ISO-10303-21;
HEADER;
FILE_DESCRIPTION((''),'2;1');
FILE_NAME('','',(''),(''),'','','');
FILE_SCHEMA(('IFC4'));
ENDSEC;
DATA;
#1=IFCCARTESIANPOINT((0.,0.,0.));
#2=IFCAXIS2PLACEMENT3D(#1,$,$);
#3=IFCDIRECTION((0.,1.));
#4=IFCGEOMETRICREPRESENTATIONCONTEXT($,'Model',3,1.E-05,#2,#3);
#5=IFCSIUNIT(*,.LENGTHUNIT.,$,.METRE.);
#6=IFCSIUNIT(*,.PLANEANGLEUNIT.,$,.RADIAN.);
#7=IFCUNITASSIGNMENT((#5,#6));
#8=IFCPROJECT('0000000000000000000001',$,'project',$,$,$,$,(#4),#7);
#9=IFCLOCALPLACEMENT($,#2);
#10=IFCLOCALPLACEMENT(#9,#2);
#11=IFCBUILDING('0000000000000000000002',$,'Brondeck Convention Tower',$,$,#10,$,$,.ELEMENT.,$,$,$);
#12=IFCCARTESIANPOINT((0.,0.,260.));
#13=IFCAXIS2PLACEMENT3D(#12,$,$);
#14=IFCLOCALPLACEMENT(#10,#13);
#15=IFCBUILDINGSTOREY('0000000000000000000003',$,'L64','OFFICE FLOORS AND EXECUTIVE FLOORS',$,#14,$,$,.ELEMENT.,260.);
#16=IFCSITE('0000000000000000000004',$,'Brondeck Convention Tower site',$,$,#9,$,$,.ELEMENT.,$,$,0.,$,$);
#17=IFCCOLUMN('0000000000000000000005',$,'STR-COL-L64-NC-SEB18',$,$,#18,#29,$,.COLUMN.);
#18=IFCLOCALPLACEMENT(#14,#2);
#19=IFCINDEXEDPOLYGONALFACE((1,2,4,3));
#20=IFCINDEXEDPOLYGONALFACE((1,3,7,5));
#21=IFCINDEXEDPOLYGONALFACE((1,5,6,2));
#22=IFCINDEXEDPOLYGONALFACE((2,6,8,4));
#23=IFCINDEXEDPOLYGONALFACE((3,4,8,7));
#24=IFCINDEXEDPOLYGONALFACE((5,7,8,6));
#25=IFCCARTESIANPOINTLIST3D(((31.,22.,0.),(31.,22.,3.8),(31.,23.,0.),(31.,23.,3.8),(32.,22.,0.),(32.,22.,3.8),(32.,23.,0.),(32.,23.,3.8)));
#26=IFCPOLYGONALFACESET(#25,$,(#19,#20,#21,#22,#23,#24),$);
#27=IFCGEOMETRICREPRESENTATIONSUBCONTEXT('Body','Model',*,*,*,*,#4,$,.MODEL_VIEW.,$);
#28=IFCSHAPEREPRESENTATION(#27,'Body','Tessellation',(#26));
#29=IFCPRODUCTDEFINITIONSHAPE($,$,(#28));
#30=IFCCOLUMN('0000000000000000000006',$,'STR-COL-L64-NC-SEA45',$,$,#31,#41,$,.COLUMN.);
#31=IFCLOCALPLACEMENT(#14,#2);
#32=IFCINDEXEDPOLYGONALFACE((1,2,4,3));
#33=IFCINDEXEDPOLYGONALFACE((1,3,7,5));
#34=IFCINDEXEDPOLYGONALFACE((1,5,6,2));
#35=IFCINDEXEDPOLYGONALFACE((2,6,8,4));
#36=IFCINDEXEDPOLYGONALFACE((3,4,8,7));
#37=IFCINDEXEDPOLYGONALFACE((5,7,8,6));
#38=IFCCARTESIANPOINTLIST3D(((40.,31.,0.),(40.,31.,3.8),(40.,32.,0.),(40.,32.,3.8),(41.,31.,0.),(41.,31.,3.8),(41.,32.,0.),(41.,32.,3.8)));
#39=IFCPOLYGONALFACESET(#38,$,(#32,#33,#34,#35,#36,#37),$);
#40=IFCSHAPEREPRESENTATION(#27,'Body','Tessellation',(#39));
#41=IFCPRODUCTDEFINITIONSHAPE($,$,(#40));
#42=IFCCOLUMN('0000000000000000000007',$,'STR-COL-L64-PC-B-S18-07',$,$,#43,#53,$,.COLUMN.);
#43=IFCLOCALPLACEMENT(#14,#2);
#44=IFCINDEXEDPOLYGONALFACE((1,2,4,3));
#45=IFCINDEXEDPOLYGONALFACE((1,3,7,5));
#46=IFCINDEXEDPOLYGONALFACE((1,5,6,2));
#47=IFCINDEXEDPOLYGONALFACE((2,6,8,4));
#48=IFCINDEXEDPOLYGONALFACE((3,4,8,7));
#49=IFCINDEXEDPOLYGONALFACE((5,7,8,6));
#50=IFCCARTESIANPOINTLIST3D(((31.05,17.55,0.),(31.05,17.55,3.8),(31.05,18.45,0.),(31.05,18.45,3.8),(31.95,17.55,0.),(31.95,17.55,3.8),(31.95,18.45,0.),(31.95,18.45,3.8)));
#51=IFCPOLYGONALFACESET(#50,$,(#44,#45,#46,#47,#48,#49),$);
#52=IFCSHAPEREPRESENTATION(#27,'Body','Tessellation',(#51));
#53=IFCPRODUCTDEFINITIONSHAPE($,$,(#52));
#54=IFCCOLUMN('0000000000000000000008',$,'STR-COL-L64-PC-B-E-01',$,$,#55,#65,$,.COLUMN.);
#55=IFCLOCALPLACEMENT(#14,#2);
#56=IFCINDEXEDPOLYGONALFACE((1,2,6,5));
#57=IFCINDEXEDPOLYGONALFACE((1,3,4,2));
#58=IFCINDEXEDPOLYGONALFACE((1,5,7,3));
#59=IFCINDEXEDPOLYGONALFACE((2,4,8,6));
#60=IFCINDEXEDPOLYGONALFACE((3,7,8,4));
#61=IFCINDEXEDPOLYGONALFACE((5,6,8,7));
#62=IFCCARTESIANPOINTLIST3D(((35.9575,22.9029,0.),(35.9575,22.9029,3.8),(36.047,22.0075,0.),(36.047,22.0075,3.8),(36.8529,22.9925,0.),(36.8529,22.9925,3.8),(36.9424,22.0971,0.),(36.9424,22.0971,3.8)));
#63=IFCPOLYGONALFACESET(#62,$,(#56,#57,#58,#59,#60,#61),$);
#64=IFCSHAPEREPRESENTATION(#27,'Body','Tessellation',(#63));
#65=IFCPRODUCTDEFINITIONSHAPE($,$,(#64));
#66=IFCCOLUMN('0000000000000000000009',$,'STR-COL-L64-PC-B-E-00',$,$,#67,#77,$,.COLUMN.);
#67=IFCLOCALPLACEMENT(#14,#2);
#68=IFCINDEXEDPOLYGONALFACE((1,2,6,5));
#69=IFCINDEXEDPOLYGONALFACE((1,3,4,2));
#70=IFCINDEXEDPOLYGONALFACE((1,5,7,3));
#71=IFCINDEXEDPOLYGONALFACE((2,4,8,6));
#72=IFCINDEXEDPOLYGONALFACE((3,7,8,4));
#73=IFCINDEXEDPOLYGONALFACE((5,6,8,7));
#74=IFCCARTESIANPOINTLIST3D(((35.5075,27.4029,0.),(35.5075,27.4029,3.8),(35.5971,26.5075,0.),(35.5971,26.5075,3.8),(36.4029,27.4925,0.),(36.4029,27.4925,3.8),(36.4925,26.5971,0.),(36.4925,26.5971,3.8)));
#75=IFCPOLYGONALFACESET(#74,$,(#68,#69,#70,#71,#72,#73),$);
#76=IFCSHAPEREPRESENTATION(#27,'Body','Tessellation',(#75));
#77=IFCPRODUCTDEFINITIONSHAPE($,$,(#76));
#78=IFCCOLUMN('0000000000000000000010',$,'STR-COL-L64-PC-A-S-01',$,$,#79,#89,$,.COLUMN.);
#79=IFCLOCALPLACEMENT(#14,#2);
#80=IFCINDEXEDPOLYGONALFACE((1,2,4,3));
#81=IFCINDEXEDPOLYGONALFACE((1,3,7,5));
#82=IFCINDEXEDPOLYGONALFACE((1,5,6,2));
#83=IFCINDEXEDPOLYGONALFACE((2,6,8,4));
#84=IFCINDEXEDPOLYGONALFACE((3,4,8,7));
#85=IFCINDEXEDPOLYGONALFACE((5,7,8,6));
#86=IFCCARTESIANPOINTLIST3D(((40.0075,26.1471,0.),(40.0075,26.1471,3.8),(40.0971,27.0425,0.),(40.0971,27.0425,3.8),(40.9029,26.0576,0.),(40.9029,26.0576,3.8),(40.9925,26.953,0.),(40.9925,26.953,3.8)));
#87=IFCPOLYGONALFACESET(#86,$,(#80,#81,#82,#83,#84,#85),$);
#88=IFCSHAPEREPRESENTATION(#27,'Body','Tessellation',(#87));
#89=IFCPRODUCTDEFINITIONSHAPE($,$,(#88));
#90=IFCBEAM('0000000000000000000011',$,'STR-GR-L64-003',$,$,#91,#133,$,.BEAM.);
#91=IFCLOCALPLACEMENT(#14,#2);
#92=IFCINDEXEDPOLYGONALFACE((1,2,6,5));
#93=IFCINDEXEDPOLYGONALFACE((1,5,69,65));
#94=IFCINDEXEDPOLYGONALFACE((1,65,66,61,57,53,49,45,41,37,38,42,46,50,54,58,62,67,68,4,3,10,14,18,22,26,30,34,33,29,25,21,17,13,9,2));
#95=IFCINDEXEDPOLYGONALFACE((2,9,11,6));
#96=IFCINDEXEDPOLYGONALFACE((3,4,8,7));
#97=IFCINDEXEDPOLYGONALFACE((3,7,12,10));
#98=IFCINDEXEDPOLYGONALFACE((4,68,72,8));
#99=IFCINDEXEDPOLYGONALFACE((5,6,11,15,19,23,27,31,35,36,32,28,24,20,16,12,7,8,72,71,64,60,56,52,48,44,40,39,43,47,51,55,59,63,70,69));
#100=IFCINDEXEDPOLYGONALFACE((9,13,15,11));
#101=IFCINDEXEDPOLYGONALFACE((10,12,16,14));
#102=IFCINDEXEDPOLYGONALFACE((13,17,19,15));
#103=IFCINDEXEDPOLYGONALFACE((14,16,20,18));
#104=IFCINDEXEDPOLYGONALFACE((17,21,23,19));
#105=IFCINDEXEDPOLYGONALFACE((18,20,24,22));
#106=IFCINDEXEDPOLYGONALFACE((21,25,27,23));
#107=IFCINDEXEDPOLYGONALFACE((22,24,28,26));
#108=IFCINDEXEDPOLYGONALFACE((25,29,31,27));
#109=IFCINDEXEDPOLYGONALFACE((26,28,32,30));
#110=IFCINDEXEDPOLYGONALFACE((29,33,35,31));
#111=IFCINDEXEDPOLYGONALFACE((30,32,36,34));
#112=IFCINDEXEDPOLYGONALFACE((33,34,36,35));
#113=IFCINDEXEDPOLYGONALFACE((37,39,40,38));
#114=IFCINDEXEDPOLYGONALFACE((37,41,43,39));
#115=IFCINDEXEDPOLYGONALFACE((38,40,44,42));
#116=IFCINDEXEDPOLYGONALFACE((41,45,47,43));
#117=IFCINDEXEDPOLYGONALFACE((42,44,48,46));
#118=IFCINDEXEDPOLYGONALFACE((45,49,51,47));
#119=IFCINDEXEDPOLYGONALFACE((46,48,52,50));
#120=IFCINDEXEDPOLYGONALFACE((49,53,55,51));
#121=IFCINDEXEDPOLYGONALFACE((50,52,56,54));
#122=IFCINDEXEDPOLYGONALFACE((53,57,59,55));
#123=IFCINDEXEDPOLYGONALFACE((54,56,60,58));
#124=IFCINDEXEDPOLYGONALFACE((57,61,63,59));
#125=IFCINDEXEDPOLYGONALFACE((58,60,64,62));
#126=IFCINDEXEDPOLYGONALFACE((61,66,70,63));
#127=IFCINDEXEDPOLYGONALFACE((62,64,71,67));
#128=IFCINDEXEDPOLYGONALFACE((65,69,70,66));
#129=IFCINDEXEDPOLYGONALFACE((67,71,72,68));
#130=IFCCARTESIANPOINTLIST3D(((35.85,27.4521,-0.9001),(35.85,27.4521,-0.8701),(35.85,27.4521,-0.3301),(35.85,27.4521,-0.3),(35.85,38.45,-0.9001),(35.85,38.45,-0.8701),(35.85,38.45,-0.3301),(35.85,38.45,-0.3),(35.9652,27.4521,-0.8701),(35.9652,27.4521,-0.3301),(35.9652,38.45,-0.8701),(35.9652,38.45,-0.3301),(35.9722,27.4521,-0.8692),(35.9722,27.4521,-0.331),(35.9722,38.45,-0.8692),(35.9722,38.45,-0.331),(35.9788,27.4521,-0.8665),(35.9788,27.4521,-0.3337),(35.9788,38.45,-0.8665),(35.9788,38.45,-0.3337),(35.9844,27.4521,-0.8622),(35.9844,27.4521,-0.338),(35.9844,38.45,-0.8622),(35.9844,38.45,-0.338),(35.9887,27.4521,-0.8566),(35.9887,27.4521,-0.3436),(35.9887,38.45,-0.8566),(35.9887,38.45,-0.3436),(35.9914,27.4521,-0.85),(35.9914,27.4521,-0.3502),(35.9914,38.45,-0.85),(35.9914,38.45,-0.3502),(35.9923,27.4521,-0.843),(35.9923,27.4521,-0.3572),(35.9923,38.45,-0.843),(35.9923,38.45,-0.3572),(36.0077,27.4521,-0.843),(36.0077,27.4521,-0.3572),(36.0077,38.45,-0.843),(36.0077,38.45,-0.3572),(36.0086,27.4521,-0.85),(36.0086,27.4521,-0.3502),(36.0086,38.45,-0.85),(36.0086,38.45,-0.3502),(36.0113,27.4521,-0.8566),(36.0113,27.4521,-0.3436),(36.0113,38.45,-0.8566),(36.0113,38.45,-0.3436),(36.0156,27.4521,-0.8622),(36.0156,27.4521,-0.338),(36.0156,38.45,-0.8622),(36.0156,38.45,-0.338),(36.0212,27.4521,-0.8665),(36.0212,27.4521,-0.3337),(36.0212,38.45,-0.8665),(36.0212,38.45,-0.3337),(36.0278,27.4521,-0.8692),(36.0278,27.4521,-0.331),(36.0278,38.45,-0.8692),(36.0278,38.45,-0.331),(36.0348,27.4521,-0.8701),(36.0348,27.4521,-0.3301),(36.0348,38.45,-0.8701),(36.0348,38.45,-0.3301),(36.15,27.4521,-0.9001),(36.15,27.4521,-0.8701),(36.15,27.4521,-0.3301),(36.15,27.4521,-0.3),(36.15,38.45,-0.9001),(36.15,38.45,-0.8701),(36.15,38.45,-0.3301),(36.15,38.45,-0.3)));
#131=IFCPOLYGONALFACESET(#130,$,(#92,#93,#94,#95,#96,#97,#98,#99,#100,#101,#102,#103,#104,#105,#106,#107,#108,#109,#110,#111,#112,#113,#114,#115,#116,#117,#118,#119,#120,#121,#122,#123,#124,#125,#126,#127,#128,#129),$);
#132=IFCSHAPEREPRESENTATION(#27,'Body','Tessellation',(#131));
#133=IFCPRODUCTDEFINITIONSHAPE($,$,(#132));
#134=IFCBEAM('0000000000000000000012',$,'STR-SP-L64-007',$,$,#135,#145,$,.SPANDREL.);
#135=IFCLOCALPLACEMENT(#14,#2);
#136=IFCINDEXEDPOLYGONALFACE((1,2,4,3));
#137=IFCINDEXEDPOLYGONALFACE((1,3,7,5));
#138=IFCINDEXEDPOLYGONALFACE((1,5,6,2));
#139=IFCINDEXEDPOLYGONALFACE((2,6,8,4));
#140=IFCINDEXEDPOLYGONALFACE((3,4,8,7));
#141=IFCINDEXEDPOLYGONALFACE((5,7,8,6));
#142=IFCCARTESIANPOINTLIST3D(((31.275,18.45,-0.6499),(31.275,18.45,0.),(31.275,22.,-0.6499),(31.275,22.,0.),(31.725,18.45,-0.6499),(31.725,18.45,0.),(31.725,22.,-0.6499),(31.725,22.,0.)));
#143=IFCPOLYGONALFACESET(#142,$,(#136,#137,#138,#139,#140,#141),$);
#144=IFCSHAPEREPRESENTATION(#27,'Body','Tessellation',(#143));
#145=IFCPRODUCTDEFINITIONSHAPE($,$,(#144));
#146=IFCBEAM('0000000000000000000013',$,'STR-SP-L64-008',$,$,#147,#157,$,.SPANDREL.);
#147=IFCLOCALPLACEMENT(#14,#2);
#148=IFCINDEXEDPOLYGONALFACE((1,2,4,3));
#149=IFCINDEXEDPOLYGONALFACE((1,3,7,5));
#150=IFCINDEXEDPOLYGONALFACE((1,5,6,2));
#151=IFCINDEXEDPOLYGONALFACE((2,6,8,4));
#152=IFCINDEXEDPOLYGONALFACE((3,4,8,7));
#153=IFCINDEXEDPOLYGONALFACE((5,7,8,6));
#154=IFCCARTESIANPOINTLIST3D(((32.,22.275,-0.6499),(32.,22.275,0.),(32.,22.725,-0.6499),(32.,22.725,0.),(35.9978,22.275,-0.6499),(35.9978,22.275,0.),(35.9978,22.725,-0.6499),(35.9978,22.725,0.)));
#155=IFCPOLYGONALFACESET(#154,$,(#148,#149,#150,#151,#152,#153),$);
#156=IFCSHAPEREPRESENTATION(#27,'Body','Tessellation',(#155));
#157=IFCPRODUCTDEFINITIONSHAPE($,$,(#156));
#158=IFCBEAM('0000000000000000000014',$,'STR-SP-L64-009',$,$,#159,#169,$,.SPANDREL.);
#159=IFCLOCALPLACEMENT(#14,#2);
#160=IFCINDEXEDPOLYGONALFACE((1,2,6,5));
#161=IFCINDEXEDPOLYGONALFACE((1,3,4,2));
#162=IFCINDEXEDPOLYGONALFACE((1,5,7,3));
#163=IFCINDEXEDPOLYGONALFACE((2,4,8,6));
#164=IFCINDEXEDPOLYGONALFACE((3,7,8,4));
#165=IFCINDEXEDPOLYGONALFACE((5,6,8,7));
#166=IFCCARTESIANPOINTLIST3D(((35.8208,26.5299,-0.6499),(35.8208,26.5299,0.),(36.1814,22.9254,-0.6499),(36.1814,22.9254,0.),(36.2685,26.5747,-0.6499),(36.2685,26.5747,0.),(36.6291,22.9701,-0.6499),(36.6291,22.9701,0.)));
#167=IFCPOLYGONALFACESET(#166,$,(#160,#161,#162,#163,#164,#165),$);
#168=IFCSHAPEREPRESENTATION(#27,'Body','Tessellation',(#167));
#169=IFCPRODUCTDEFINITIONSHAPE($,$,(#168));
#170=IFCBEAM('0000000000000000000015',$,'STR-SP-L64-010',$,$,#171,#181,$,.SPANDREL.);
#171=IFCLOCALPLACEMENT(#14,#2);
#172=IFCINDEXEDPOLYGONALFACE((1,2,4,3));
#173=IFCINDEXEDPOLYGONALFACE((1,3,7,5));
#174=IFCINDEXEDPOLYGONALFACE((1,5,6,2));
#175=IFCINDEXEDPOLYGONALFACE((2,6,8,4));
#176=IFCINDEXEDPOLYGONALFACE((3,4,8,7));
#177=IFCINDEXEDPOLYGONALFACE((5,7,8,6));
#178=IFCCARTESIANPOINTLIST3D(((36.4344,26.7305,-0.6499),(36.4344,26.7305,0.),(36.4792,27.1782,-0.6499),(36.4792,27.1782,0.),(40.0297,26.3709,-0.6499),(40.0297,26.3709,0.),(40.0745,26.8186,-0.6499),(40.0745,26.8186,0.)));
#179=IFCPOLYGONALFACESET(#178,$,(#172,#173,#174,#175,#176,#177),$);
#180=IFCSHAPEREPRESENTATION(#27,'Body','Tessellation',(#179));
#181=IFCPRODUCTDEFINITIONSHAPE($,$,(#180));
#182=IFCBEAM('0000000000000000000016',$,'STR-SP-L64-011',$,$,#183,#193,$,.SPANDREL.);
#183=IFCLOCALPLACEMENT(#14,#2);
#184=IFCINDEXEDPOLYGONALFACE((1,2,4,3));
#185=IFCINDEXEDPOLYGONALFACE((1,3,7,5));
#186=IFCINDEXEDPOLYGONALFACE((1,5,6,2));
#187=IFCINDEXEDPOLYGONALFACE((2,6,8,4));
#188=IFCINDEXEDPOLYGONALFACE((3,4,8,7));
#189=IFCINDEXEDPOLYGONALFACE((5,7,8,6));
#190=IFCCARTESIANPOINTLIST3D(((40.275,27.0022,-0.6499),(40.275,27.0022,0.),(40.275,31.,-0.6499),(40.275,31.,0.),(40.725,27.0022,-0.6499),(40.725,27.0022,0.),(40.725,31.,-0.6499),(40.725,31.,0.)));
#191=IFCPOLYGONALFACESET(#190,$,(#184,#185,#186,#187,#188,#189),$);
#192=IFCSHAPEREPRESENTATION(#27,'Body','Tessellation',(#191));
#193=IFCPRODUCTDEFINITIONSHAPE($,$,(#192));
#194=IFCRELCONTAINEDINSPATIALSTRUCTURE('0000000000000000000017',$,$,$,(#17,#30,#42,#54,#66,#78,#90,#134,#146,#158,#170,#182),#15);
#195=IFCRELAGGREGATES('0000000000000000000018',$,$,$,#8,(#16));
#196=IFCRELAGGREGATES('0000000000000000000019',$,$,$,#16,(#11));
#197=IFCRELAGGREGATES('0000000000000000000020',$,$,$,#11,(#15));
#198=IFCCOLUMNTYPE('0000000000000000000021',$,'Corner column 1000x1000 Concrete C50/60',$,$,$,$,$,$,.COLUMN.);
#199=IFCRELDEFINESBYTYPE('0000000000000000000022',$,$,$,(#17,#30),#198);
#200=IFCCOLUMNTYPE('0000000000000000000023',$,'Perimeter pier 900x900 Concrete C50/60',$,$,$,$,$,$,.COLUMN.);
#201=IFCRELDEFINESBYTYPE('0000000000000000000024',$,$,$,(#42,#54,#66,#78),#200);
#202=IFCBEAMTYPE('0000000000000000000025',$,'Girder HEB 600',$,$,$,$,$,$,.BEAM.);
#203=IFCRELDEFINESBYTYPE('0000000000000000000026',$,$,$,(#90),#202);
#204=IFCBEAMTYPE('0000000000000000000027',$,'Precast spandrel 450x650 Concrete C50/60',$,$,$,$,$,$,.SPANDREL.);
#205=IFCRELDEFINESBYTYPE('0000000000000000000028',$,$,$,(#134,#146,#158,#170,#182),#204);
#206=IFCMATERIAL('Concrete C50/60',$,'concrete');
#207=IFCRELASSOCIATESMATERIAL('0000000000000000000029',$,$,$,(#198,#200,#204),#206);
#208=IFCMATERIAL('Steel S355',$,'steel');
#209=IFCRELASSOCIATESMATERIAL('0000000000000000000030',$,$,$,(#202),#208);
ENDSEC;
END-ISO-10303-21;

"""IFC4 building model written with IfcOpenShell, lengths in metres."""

from ifc_helpers import new_model, si_unit, direction, frame, origin, origin_2d, place, context, subcontext, project, spatial, rectangle, i_section, extrude, material, material_profile, profile_set, type_object, element, save


model = new_model("IFC4")

# Units and contexts
model_context = context("Model", 3, precision=1e-05, world=origin(), true_north=direction((0.0, 1.0)))
body_context = subcontext(model_context, "Body", "Model", "MODEL_VIEW")
ifc_project = project(units=[si_unit("LENGTHUNIT", "METRE"), si_unit("PLANEANGLEUNIT", "RADIAN")], contexts=[model_context])

# Site, building, storey
site_placement = place(None, origin())
site = spatial("IfcSite", under=ifc_project, at=site_placement, Name="Brondeck Convention Tower site", CompositionType="ELEMENT", RefElevation=0.0)
building_placement = place(site_placement, origin())
building = spatial("IfcBuilding", under=site, at=building_placement, Name="Brondeck Convention Tower", CompositionType="ELEMENT")
storey_placement = place(building_placement, frame((0.0, 0.0, 260.0)))
storey = spatial("IfcBuildingStorey", under=building, at=storey_placement, Name="L64", Description="OFFICE FLOORS AND EXECUTIVE FLOORS", CompositionType="ELEMENT", Elevation=260.0)

# Columns
ifc_material_1 = material(Name="Concrete C50/60", Category="concrete")
ifc_material_profile_1 = material_profile(ifc_material_1, rectangle(XDim=1.0, YDim=1.0, at=origin_2d()), Name="Corner column 1000x1000 Concrete C50/60")
ifc_profile_set_1 = profile_set([ifc_material_profile_1], Name="Concrete C50/60")
column_type_1 = type_object("IfcColumnType", Name="Corner column 1000x1000 Concrete C50/60", PredefinedType="COLUMN", material=ifc_profile_set_1)
for number, where, z_axis, x_axis, name in (
    (1, (31.5, 22.5, 0.0), (0.0, 0.0, 1.0), (1.0, 0.0, 0.0), "STR-COL-L64-NC-SEB18"),
    (2, (40.5, 31.5, 0.0), (0.0, 0.0, 1.0), (1.0, 0.0, 0.0), "STR-COL-L64-NC-SEA45"),
):
    element("IfcColumn", number, at=place(storey_placement, frame(where, z_axis=z_axis, x_axis=x_axis)), inside=storey, type_object=column_type_1, Name=name, PredefinedType="COLUMN", context=body_context, shape_type="SweptSolid", body=[
        extrude(rectangle(XDim=1.0, YDim=1.0, at=origin_2d()), origin(), (0.0, 0.0, 1.0), 3.8),
    ])
ifc_material_profile_2 = material_profile(ifc_material_1, rectangle(XDim=0.8999, YDim=0.8999, at=origin_2d()), Name="Perimeter pier 900x900 Concrete C50/60")
ifc_profile_set_2 = profile_set([ifc_material_profile_2], Name="Concrete C50/60")
column_type_2 = type_object("IfcColumnType", Name="Perimeter pier 900x900 Concrete C50/60", PredefinedType="COLUMN", material=ifc_profile_set_2)
for number, where, z_axis, x_axis, name in (
    (3, (31.5, 18.0, 0.0), (0.0, 0.0, 1.0), (1.0, 0.0, 0.0), "STR-COL-L64-PC-B-S18-07"),
    (4, (36.45, 22.5, 0.0), (0.0, 0.0, 1.0), (-0.099504, 0.995037, 0.0), "STR-COL-L64-PC-B-E-01"),
    (5, (36.0, 27.0, 0.0), (0.0, 0.0, 1.0), (-0.099504, 0.995037, 0.0), "STR-COL-L64-PC-B-E-00"),
    (6, (40.5, 26.55, 0.0), (0.0, 0.0, 1.0), (0.995037, -0.099504, 0.0), "STR-COL-L64-PC-A-S-01"),
):
    element("IfcColumn", number, at=place(storey_placement, frame(where, z_axis=z_axis, x_axis=x_axis)), inside=storey, type_object=column_type_2, Name=name, PredefinedType="COLUMN", context=body_context, shape_type="SweptSolid", body=[
        extrude(rectangle(XDim=0.8999, YDim=0.8999, at=origin_2d()), origin(), (0.0, 0.0, 1.0), 3.8),
    ])

# Beams
ifc_material_2 = material(Name="Steel S355", Category="steel")
ifc_material_profile_3 = material_profile(ifc_material_2, i_section(OverallWidth=0.3, OverallDepth=0.6001, WebThickness=0.0154, FlangeThickness=0.03, FilletRadius=0.0271, at=origin_2d()), Name="HEB 600")
ifc_profile_set_3 = profile_set([ifc_material_profile_3], Name="Steel S355")
beam_type_1 = type_object("IfcBeamType", Name="Girder HEB 600", PredefinedType="BEAM", material=ifc_profile_set_3)
beam_1_placement = place(storey_placement, frame((36.0, 27.4521, -0.6001), z_axis=(0.0, 1.0, 0.0), x_axis=(-1.0, 0.0, 0.0)))
element("IfcBeam", 7, at=beam_1_placement, inside=storey, type_object=beam_type_1, Name="STR-GR-L64-003", PredefinedType="BEAM", context=body_context, shape_type="SweptSolid", body=[
    extrude(i_section(OverallWidth=0.3, OverallDepth=0.6001, WebThickness=0.0154, FlangeThickness=0.03, FilletRadius=0.0271, at=origin_2d()), origin(), (0.0, 0.0, 1.0), 10.9978),
])
ifc_material_profile_4 = material_profile(ifc_material_1, rectangle(XDim=0.45, YDim=0.6499, at=origin_2d()), Name="Precast spandrel 450x650 Concrete C50/60")
ifc_profile_set_4 = profile_set([ifc_material_profile_4], Name="Concrete C50/60")
beam_type_2 = type_object("IfcBeamType", Name="Precast spandrel 450x650 Concrete C50/60", PredefinedType="SPANDREL", material=ifc_profile_set_4)
beam_2_placement = place(storey_placement, frame((31.5, 18.45, -0.325), z_axis=(0.0, 1.0, 0.0), x_axis=(-1.0, 0.0, 0.0)))
element("IfcBeam", 8, at=beam_2_placement, inside=storey, type_object=beam_type_2, Name="STR-SP-L64-007", PredefinedType="SPANDREL", context=body_context, shape_type="SweptSolid", body=[
    extrude(rectangle(XDim=0.45, YDim=0.6499, at=origin_2d()), origin(), (0.0, 0.0, 1.0), 3.55),
])
beam_3_placement = place(storey_placement, frame((32.0, 22.5, -0.325), z_axis=(1.0, 0.0, 0.0), x_axis=(0.0, 1.0, 0.0)))
element("IfcBeam", 9, at=beam_3_placement, inside=storey, type_object=beam_type_2, Name="STR-SP-L64-008", PredefinedType="SPANDREL", context=body_context, shape_type="SweptSolid", body=[
    extrude(rectangle(XDim=0.45, YDim=0.6499, at=origin_2d()), origin(), (0.0, 0.0, 1.0), 3.9978),
])
beam_4_placement = place(storey_placement, frame((36.4053, 22.9478, -0.325), z_axis=(-0.099544, 0.995033, 0.0), x_axis=(-0.995033, -0.099544, 0.0)))
element("IfcBeam", 10, at=beam_4_placement, inside=storey, type_object=beam_type_2, Name="STR-SP-L64-009", PredefinedType="SPANDREL", context=body_context, shape_type="SweptSolid", body=[
    extrude(rectangle(XDim=0.45, YDim=0.6499, at=origin_2d()), origin(), (0.0, 0.0, 1.0), 3.6226),
])
beam_5_placement = place(storey_placement, frame((36.4568, 26.9543, -0.325), z_axis=(0.995035, -0.099524, 0.0), x_axis=(0.099524, 0.995035, 0.0)))
element("IfcBeam", 11, at=beam_5_placement, inside=storey, type_object=beam_type_2, Name="STR-SP-L64-010", PredefinedType="SPANDREL", context=body_context, shape_type="SweptSolid", body=[
    extrude(rectangle(XDim=0.45, YDim=0.6499, at=origin_2d()), origin(), (0.0, 0.0, 1.0), 3.6133),
])
beam_6_placement = place(storey_placement, frame((40.5, 27.0022, -0.325), z_axis=(0.0, 1.0, 0.0), x_axis=(-1.0, 0.0, 0.0)))
element("IfcBeam", 12, at=beam_6_placement, inside=storey, type_object=beam_type_2, Name="STR-SP-L64-011", PredefinedType="SPANDREL", context=body_context, shape_type="SweptSolid", body=[
    extrude(rectangle(XDim=0.45, YDim=0.6499, at=origin_2d()), origin(), (0.0, 0.0, 1.0), 3.9978),
])

save(model, "model.ifc")
